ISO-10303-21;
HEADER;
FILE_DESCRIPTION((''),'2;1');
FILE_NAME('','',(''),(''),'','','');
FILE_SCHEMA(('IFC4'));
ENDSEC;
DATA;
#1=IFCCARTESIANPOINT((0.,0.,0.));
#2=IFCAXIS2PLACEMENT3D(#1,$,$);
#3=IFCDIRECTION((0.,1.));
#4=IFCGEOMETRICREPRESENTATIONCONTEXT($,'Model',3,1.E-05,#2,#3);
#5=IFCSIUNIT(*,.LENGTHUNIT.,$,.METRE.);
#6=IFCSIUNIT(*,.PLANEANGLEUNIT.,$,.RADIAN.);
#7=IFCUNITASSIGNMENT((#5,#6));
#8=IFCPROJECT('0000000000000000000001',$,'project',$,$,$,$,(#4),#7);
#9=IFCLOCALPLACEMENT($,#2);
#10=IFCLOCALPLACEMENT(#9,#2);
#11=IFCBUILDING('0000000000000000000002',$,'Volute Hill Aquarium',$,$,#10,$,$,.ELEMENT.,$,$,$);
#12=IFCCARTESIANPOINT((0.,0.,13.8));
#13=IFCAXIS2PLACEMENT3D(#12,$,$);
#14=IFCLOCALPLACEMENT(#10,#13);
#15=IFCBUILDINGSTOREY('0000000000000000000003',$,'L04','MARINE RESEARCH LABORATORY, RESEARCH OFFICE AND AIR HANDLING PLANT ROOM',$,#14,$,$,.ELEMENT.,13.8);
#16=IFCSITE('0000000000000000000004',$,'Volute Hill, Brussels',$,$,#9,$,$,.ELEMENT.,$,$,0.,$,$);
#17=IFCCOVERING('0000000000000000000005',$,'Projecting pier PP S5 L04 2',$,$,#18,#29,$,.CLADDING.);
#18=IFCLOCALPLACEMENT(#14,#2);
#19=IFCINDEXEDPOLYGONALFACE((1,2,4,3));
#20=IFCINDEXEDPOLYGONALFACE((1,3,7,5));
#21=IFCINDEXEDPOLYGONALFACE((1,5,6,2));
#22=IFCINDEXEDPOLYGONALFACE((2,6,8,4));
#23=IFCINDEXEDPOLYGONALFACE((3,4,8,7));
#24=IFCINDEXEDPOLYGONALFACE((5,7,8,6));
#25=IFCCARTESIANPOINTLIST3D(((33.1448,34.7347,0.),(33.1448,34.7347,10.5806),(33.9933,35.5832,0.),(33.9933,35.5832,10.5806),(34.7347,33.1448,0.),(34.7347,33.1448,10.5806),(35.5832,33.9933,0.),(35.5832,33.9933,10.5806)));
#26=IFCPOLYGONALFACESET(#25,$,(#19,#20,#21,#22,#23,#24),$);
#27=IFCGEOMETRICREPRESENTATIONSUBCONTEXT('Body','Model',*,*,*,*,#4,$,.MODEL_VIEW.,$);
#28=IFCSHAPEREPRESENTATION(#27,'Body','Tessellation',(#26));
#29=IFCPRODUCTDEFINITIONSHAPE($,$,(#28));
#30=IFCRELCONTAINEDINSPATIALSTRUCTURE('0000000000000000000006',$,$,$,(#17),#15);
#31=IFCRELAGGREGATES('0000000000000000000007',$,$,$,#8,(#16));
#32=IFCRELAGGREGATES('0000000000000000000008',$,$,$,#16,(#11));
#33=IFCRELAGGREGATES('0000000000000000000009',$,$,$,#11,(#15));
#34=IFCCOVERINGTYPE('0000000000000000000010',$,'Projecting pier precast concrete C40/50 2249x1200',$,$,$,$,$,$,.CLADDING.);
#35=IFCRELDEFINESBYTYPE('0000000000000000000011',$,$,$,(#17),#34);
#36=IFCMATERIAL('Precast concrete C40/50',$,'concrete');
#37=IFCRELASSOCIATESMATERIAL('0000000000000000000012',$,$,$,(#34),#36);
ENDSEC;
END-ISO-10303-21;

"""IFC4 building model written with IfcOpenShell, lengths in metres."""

from ifc_helpers import new_model, si_unit, direction, frame, origin, origin_2d, place, context, subcontext, project, spatial, rectangle, extrude, material, type_object, element, save


model = new_model("IFC4")

# Units and contexts
model_context = context("Model", 3, precision=1e-05, world=origin(), true_north=direction((0.0, 1.0)))
body_context = subcontext(model_context, "Body", "Model", "MODEL_VIEW")
ifc_project = project(units=[si_unit("LENGTHUNIT", "METRE"), si_unit("PLANEANGLEUNIT", "RADIAN")], contexts=[model_context])

# Site, building, storey
site_placement = place(None, origin())
site = spatial("IfcSite", under=ifc_project, at=site_placement, Name="Volute Hill, Brussels", CompositionType="ELEMENT", RefElevation=0.0)
building_placement = place(site_placement, origin())
building = spatial("IfcBuilding", under=site, at=building_placement, Name="Volute Hill Aquarium", CompositionType="ELEMENT")
storey_placement = place(building_placement, frame((0.0, 0.0, 13.8)))
storey = spatial("IfcBuildingStorey", under=building, at=storey_placement, Name="L04", Description="MARINE RESEARCH LABORATORY, RESEARCH OFFICE AND AIR HANDLING PLANT ROOM", CompositionType="ELEMENT", Elevation=13.8)

# Covering
ifc_material_1 = material(Name="Precast concrete C40/50", Category="concrete")
covering_type_1 = type_object("IfcCoveringType", Name="Projecting pier precast concrete C40/50 2249x1200", PredefinedType="CLADDING", material=ifc_material_1)
covering_placement = place(storey_placement, frame((34.364, 34.364, 0.0), z_axis=(0.0, 0.0, 1.0), x_axis=(-0.707107, 0.707107, 0.0)))
element("IfcCovering", 1, at=covering_placement, inside=storey, type_object=covering_type_1, Name="Projecting pier PP S5 L04 2", PredefinedType="CLADDING", context=body_context, shape_type="SweptSolid", body=[
    extrude(rectangle(XDim=2.2485, YDim=1.2, at=origin_2d()), origin(), (0.0, 0.0, 1.0), 10.5806),
])

save(model, "model.ifc")
